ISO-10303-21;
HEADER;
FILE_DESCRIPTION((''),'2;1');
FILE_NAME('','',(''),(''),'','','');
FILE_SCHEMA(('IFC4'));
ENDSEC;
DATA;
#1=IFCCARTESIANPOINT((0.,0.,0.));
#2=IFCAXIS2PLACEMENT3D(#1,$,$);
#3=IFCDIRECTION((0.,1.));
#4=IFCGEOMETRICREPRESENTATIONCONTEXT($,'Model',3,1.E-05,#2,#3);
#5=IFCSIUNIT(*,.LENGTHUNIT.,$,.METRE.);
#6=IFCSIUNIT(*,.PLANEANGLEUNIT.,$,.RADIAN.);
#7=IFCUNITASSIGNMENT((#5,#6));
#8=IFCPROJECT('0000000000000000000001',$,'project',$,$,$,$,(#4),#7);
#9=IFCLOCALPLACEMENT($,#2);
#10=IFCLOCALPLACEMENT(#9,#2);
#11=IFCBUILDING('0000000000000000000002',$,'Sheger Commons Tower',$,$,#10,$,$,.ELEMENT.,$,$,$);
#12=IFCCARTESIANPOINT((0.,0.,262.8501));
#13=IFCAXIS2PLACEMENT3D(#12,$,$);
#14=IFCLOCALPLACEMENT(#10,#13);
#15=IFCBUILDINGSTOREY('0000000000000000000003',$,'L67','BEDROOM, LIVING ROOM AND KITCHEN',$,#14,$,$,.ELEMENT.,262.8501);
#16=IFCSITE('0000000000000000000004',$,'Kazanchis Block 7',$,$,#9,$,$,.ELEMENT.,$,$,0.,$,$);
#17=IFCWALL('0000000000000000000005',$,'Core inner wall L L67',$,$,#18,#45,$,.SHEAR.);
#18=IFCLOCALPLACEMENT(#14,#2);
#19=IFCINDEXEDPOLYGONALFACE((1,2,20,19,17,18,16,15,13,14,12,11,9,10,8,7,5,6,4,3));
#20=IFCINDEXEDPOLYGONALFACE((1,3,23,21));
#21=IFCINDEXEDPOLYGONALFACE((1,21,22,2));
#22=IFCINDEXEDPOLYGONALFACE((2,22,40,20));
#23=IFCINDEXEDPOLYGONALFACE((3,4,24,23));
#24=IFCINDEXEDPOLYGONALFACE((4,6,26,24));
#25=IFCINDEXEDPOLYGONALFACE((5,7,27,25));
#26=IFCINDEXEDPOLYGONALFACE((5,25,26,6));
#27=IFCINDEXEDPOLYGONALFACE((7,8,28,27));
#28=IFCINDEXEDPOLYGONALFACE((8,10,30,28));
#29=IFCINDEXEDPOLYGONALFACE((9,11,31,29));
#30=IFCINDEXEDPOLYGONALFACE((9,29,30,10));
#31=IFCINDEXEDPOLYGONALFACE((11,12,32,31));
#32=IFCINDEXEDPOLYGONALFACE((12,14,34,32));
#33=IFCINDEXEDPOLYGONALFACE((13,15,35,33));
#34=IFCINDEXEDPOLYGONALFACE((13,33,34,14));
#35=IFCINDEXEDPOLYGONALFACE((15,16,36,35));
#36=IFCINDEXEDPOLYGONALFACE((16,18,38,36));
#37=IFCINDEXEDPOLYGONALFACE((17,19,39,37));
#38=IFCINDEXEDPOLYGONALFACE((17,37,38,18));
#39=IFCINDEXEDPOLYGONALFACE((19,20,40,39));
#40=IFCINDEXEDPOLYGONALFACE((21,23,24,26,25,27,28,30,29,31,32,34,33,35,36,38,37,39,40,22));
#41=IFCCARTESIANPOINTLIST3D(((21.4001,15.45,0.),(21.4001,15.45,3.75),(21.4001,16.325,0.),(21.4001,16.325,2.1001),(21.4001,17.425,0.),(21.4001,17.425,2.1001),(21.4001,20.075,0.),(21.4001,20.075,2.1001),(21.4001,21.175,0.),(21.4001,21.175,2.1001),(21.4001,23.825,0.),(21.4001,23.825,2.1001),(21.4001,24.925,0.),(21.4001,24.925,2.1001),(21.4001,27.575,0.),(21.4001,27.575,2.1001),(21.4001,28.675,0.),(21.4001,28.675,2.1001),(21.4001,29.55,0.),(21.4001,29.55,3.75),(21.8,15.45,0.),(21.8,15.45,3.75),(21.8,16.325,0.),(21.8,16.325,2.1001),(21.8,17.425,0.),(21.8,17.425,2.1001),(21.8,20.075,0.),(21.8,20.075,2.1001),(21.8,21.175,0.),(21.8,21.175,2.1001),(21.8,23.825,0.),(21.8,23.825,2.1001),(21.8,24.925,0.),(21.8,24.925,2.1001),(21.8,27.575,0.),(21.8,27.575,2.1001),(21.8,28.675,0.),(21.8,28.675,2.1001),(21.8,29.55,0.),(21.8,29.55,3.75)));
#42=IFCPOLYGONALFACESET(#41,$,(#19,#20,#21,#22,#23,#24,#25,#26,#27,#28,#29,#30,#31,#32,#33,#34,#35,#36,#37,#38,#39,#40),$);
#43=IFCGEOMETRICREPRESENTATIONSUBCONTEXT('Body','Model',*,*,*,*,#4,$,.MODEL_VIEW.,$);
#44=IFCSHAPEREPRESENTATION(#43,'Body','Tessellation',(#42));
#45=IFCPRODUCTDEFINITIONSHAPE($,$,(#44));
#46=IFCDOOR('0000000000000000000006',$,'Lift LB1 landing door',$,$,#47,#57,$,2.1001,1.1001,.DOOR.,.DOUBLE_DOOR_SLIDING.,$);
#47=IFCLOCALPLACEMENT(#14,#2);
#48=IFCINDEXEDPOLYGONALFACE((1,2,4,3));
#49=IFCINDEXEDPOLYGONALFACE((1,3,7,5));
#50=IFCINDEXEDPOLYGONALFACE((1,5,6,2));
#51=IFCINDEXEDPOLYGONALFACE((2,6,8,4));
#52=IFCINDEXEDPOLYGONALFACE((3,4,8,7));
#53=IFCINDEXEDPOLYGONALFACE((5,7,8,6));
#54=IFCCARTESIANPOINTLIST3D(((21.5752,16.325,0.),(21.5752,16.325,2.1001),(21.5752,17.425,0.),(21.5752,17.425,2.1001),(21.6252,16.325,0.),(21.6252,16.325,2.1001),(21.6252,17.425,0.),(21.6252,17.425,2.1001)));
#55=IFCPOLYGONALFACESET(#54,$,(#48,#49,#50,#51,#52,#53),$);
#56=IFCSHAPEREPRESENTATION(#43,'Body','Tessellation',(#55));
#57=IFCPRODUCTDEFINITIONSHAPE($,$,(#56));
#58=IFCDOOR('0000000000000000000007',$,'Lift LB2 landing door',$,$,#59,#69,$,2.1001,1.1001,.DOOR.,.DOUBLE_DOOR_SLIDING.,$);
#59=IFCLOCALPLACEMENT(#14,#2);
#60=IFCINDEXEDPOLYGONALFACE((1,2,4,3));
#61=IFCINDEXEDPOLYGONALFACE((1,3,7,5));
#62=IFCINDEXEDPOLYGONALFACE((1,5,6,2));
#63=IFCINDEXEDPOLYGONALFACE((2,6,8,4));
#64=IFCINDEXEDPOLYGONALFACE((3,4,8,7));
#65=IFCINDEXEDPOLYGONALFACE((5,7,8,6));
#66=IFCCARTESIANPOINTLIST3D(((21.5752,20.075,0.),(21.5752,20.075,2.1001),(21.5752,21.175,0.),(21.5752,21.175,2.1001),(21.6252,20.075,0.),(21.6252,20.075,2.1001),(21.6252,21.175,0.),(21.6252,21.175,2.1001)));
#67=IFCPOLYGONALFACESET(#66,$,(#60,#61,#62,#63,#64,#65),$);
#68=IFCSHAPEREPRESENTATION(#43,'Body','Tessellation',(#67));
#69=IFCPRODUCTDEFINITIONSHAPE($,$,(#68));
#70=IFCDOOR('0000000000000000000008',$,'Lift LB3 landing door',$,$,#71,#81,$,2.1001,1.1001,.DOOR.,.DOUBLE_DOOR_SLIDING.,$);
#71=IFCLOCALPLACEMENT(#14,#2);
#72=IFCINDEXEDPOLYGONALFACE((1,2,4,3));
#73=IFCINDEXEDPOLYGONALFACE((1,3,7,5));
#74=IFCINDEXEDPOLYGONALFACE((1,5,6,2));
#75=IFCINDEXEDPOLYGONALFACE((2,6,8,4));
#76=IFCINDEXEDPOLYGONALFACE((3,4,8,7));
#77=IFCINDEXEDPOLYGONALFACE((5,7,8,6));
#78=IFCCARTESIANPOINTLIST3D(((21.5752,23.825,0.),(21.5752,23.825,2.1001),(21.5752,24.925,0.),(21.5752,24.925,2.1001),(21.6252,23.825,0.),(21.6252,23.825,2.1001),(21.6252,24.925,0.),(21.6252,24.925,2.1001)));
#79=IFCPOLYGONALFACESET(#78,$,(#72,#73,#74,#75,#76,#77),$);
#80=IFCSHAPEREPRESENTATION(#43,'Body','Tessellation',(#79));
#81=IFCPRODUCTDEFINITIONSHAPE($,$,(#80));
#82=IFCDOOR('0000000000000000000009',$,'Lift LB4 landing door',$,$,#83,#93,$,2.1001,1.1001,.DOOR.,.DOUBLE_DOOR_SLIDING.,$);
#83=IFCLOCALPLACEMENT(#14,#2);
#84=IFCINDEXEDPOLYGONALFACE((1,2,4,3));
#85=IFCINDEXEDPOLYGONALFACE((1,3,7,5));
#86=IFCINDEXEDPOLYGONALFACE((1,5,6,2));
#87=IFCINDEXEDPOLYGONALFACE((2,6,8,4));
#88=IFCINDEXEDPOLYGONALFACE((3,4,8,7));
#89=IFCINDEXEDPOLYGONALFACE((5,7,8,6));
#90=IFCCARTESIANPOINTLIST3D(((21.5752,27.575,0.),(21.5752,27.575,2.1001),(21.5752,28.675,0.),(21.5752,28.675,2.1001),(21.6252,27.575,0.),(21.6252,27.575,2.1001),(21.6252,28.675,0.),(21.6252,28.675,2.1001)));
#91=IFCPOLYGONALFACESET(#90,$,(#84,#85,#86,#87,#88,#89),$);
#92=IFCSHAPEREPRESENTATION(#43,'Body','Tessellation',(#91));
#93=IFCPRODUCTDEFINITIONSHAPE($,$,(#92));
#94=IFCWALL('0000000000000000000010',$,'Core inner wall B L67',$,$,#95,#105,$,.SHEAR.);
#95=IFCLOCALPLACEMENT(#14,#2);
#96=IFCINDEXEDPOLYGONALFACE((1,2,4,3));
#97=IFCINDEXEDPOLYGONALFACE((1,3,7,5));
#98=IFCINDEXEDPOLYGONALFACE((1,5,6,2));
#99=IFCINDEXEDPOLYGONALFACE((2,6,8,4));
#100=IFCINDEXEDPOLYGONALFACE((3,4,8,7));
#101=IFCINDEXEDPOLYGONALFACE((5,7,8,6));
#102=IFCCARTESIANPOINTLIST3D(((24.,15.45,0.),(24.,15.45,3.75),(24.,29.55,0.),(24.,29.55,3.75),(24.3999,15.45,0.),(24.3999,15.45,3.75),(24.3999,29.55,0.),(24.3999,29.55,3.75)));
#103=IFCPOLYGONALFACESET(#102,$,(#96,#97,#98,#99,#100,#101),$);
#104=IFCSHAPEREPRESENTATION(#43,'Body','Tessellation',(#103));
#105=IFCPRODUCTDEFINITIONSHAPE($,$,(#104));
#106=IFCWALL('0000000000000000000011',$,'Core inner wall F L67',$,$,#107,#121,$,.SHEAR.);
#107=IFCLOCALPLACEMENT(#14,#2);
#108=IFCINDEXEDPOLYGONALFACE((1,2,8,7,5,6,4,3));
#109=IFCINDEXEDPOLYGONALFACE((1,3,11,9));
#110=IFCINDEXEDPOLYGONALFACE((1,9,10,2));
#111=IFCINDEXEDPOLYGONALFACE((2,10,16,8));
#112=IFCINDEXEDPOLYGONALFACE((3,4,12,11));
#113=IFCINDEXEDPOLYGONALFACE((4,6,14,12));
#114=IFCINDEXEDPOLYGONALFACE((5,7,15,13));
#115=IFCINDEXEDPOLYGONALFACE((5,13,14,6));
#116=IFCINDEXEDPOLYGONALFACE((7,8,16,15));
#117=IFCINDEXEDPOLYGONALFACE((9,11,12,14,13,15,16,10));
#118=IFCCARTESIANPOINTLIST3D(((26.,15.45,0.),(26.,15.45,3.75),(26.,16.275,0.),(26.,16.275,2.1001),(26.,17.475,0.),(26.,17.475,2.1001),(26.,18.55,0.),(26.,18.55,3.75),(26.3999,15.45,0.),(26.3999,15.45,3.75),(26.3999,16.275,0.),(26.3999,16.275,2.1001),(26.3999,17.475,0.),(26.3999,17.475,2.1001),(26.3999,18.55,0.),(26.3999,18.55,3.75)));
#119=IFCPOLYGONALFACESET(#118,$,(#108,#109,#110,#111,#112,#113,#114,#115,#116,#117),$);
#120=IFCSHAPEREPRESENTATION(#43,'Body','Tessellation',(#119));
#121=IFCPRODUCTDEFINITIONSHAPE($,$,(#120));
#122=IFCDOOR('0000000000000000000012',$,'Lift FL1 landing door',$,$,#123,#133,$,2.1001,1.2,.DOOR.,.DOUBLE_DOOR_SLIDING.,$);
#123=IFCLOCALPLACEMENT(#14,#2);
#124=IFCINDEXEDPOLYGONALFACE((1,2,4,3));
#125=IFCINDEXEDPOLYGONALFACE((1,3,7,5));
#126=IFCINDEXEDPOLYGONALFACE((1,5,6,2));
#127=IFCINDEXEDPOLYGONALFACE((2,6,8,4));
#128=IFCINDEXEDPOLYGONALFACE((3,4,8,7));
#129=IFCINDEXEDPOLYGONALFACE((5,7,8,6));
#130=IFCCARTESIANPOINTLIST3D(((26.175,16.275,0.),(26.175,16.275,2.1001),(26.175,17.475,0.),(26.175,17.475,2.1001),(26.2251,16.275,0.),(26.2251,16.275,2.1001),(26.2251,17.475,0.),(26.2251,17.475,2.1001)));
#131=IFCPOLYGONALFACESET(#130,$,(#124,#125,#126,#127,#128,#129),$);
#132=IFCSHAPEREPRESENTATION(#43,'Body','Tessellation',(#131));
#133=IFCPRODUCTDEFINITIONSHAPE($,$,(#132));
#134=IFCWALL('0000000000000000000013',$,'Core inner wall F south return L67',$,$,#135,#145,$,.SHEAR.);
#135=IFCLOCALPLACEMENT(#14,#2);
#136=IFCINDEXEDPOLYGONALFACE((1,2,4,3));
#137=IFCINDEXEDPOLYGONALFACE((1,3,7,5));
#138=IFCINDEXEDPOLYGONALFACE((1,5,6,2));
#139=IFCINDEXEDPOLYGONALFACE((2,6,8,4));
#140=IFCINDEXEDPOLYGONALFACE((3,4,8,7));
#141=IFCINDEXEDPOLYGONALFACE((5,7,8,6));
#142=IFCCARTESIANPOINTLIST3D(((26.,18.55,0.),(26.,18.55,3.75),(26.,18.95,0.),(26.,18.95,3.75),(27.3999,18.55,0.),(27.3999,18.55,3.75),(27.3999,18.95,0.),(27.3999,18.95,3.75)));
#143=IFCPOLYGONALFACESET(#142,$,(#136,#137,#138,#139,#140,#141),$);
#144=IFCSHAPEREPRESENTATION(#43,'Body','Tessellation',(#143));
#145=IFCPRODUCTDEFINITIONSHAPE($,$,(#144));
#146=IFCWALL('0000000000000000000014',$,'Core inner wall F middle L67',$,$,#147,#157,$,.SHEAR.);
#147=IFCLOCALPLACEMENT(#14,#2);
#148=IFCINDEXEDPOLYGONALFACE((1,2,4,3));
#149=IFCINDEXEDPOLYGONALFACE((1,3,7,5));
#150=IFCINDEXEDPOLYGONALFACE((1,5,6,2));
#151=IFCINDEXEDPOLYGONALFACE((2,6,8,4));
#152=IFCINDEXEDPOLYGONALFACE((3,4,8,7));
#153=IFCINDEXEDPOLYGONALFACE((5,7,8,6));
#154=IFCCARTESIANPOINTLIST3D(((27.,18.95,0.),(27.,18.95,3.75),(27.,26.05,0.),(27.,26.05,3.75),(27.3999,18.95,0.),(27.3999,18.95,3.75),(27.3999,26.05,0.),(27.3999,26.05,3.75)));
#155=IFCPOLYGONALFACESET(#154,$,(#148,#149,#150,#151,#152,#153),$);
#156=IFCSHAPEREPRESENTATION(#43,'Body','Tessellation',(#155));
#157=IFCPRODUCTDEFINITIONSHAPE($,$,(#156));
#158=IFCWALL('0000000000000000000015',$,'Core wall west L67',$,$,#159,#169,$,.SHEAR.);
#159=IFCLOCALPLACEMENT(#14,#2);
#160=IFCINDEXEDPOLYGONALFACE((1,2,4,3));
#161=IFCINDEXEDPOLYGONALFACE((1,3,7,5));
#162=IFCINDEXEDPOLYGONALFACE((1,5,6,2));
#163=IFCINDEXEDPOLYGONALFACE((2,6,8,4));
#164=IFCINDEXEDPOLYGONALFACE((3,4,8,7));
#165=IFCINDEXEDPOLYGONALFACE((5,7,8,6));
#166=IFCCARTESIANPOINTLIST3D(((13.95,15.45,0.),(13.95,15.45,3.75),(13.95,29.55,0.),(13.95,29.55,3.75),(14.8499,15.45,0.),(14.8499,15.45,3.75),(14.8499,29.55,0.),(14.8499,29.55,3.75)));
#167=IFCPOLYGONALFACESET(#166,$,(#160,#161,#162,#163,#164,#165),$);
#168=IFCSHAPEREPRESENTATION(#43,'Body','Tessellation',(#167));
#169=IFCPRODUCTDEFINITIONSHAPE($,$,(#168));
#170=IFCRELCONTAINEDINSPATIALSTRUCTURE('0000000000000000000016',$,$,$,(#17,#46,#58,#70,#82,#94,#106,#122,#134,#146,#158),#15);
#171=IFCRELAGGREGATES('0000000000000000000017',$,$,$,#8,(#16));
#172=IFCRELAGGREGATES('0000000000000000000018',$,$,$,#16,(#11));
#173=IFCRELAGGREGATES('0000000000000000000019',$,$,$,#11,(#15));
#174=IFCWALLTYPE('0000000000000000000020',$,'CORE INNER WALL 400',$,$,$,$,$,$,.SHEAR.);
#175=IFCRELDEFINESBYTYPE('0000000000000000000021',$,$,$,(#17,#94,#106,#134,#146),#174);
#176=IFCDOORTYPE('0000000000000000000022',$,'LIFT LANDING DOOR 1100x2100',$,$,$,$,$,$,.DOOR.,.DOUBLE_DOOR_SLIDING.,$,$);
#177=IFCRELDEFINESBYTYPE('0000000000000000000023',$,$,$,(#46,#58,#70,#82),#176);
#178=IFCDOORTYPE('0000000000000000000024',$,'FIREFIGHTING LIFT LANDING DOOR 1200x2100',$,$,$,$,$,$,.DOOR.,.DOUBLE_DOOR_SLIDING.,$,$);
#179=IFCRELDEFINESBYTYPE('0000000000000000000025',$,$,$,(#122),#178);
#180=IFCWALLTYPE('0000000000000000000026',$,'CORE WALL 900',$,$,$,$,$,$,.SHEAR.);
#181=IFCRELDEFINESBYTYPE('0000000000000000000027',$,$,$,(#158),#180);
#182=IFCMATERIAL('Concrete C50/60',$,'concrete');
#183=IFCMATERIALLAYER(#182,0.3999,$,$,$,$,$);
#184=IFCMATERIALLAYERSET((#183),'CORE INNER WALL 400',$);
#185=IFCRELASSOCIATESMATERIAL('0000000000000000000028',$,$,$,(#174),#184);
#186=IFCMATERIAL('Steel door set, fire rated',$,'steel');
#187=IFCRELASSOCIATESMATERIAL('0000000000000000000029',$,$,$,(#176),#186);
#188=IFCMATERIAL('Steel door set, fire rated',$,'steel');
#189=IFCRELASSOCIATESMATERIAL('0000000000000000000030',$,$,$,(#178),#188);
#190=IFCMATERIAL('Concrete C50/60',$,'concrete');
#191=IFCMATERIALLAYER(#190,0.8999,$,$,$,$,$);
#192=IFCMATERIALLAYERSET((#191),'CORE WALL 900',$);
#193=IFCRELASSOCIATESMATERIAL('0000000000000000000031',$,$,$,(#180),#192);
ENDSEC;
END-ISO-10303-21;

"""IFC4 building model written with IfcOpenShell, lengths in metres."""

from ifc_helpers import new_model, si_unit, direction, frame, frame_2d, origin, place, context, subcontext, project, spatial, rectangle, extrude, material, layer, layer_set, type_object, element, fill, save


model = new_model("IFC4")

# Units and contexts
model_context = context("Model", 3, precision=1e-05, world=origin(), true_north=direction((0.0, 1.0)))
body_context = subcontext(model_context, "Body", "Model", "MODEL_VIEW")
ifc_project = project(units=[si_unit("LENGTHUNIT", "METRE"), si_unit("PLANEANGLEUNIT", "RADIAN")], contexts=[model_context])

# Site, building, storey
site_placement = place(None, origin())
site = spatial("IfcSite", under=ifc_project, at=site_placement, Name="Kazanchis Block 7", CompositionType="ELEMENT", RefElevation=0.0)
building_placement = place(site_placement, origin())
building = spatial("IfcBuilding", under=site, at=building_placement, Name="Sheger Commons Tower", CompositionType="ELEMENT")
storey_placement = place(building_placement, frame((0.0, 0.0, 262.8501)))
storey = spatial("IfcBuildingStorey", under=building, at=storey_placement, Name="L67", Description="BEDROOM, LIVING ROOM AND KITCHEN", CompositionType="ELEMENT", Elevation=262.8501)

# Wall, openings, doors
ifc_material_1 = material(Name="Concrete C50/60", Category="concrete")
ifc_layer_1 = layer(ifc_material_1, 0.3999)
ifc_layer_set_1 = layer_set([ifc_layer_1], Name="CORE INNER WALL 400")
wall_type_1 = type_object("IfcWallType", Name="CORE INNER WALL 400", PredefinedType="SHEAR", material=ifc_layer_set_1)
wall_1_placement = place(storey_placement, frame((21.6001, 15.45, 0.0), z_axis=(0.0, 0.0, 1.0), x_axis=(0.0, 1.0, 0.0)))
wall_1 = element("IfcWall", 1, at=wall_1_placement, inside=storey, type_object=wall_type_1, Name="Core inner wall L L67", PredefinedType="SHEAR", context=body_context, shape_type="SweptSolid", body=[
    extrude(rectangle(XDim=14.1001, YDim=0.3999, at=frame_2d((7.05, 0.0))), origin(), (0.0, 0.0, 1.0), 3.75),
])
opening_1_placement = place(wall_1_placement, frame((0.875, 0.0, 0.0)))
opening_1 = element("IfcOpeningElement", 2, at=opening_1_placement, cuts=wall_1, PredefinedType="OPENING", context=body_context, shape_type="SweptSolid", body=[
    extrude(rectangle(XDim=1.1001, YDim=2.1001, at=frame_2d((0.55, 1.05))), frame((0.0, 0.21, 0.0), z_axis=(0.0, -1.0, 0.0), x_axis=(1.0, 0.0, 0.0)), (0.0, 0.0, 1.0), 0.4199),
])
opening_2_placement = place(wall_1_placement, frame((4.625, 0.0, 0.0)))
opening_2 = element("IfcOpeningElement", 3, at=opening_2_placement, cuts=wall_1, PredefinedType="OPENING", context=body_context, shape_type="SweptSolid", body=[
    extrude(rectangle(XDim=1.1001, YDim=2.1001, at=frame_2d((0.55, 1.05))), frame((0.0, 0.21, 0.0), z_axis=(0.0, -1.0, 0.0), x_axis=(1.0, 0.0, 0.0)), (0.0, 0.0, 1.0), 0.4199),
])
opening_3_placement = place(wall_1_placement, frame((8.375, 0.0, 0.0)))
opening_3 = element("IfcOpeningElement", 4, at=opening_3_placement, cuts=wall_1, PredefinedType="OPENING", context=body_context, shape_type="SweptSolid", body=[
    extrude(rectangle(XDim=1.1001, YDim=2.1001, at=frame_2d((0.55, 1.05))), frame((0.0, 0.21, 0.0), z_axis=(0.0, -1.0, 0.0), x_axis=(1.0, 0.0, 0.0)), (0.0, 0.0, 1.0), 0.4199),
])
opening_4_placement = place(wall_1_placement, frame((12.125, 0.0, 0.0)))
opening_4 = element("IfcOpeningElement", 5, at=opening_4_placement, cuts=wall_1, PredefinedType="OPENING", context=body_context, shape_type="SweptSolid", body=[
    extrude(rectangle(XDim=1.1001, YDim=2.1001, at=frame_2d((0.55, 1.05))), frame((0.0, 0.21, 0.0), z_axis=(0.0, -1.0, 0.0), x_axis=(1.0, 0.0, 0.0)), (0.0, 0.0, 1.0), 0.4199),
])
ifc_material_2 = material(Name="Steel door set, fire rated", Category="steel")
door_type_1 = type_object("IfcDoorType", Name="LIFT LANDING DOOR 1100x2100", OperationType="DOUBLE_DOOR_SLIDING", PredefinedType="DOOR", material=ifc_material_2)
door_1_placement = place(opening_1_placement, origin())
door_1 = element("IfcDoor", 6, at=door_1_placement, inside=storey, type_object=door_type_1, Name="Lift LB1 landing door", OperationType="DOUBLE_DOOR_SLIDING", OverallHeight=2.1001, OverallWidth=1.1001, PredefinedType="DOOR", context=body_context, shape_type="SweptSolid", body=[
    extrude(rectangle(XDim=1.1001, YDim=2.1001, at=frame_2d((0.55, 1.05))), frame((0.0, 0.0249, 0.0), z_axis=(0.0, -1.0, 0.0), x_axis=(1.0, 0.0, 0.0)), (0.0, 0.0, 1.0), 0.05),
])
fill(opening_1, door_1)
door_2_placement = place(opening_2_placement, origin())
door_2 = element("IfcDoor", 7, at=door_2_placement, inside=storey, type_object=door_type_1, Name="Lift LB2 landing door", OperationType="DOUBLE_DOOR_SLIDING", OverallHeight=2.1001, OverallWidth=1.1001, PredefinedType="DOOR", context=body_context, shape_type="SweptSolid", body=[
    extrude(rectangle(XDim=1.1001, YDim=2.1001, at=frame_2d((0.55, 1.05))), frame((0.0, 0.0249, 0.0), z_axis=(0.0, -1.0, 0.0), x_axis=(1.0, 0.0, 0.0)), (0.0, 0.0, 1.0), 0.05),
])
fill(opening_2, door_2)
door_3_placement = place(opening_3_placement, origin())
door_3 = element("IfcDoor", 8, at=door_3_placement, inside=storey, type_object=door_type_1, Name="Lift LB3 landing door", OperationType="DOUBLE_DOOR_SLIDING", OverallHeight=2.1001, OverallWidth=1.1001, PredefinedType="DOOR", context=body_context, shape_type="SweptSolid", body=[
    extrude(rectangle(XDim=1.1001, YDim=2.1001, at=frame_2d((0.55, 1.05))), frame((0.0, 0.0249, 0.0), z_axis=(0.0, -1.0, 0.0), x_axis=(1.0, 0.0, 0.0)), (0.0, 0.0, 1.0), 0.05),
])
fill(opening_3, door_3)
door_4_placement = place(opening_4_placement, origin())
door_4 = element("IfcDoor", 9, at=door_4_placement, inside=storey, type_object=door_type_1, Name="Lift LB4 landing door", OperationType="DOUBLE_DOOR_SLIDING", OverallHeight=2.1001, OverallWidth=1.1001, PredefinedType="DOOR", context=body_context, shape_type="SweptSolid", body=[
    extrude(rectangle(XDim=1.1001, YDim=2.1001, at=frame_2d((0.55, 1.05))), frame((0.0, 0.0249, 0.0), z_axis=(0.0, -1.0, 0.0), x_axis=(1.0, 0.0, 0.0)), (0.0, 0.0, 1.0), 0.05),
])
fill(opening_4, door_4)

# Wall
wall_2_placement = place(storey_placement, frame((24.2, 15.45, 0.0), z_axis=(0.0, 0.0, 1.0), x_axis=(0.0, 1.0, 0.0)))
element("IfcWall", 10, at=wall_2_placement, inside=storey, type_object=wall_type_1, Name="Core inner wall B L67", PredefinedType="SHEAR", context=body_context, shape_type="SweptSolid", body=[
    extrude(rectangle(XDim=14.1001, YDim=0.3999, at=frame_2d((7.05, 0.0))), origin(), (0.0, 0.0, 1.0), 3.75),
])

# Wall, opening, door
wall_3_placement = place(storey_placement, frame((26.2, 15.45, 0.0), z_axis=(0.0, 0.0, 1.0), x_axis=(0.0, 1.0, 0.0)))
wall_3 = element("IfcWall", 11, at=wall_3_placement, inside=storey, type_object=wall_type_1, Name="Core inner wall F L67", PredefinedType="SHEAR", context=body_context, shape_type="SweptSolid", body=[
    extrude(rectangle(XDim=3.1001, YDim=0.3999, at=frame_2d((1.55, 0.0))), origin(), (0.0, 0.0, 1.0), 3.75),
])
opening_5_placement = place(wall_3_placement, frame((0.825, 0.0, 0.0)))
opening_5 = element("IfcOpeningElement", 12, at=opening_5_placement, cuts=wall_3, PredefinedType="OPENING", context=body_context, shape_type="SweptSolid", body=[
    extrude(rectangle(XDim=1.2, YDim=2.1001, at=frame_2d((0.6001, 1.05))), frame((0.0, 0.21, 0.0), z_axis=(0.0, -1.0, 0.0), x_axis=(1.0, 0.0, 0.0)), (0.0, 0.0, 1.0), 0.4199),
])
ifc_material_3 = material(Name="Steel door set, fire rated", Category="steel")
door_type_2 = type_object("IfcDoorType", Name="FIREFIGHTING LIFT LANDING DOOR 1200x2100", OperationType="DOUBLE_DOOR_SLIDING", PredefinedType="DOOR", material=ifc_material_3)
door_5_placement = place(opening_5_placement, origin())
door_5 = element("IfcDoor", 13, at=door_5_placement, inside=storey, type_object=door_type_2, Name="Lift FL1 landing door", OperationType="DOUBLE_DOOR_SLIDING", OverallHeight=2.1001, OverallWidth=1.2, PredefinedType="DOOR", context=body_context, shape_type="SweptSolid", body=[
    extrude(rectangle(XDim=1.2, YDim=2.1001, at=frame_2d((0.6001, 1.05))), frame((0.0, 0.0249, 0.0), z_axis=(0.0, -1.0, 0.0), x_axis=(1.0, 0.0, 0.0)), (0.0, 0.0, 1.0), 0.05),
])
fill(opening_5, door_5)

# Walls
wall_4_placement = place(storey_placement, frame((26.0, 18.75, 0.0), z_axis=(0.0, 0.0, 1.0), x_axis=(1.0, 0.0, 0.0)))
element("IfcWall", 14, at=wall_4_placement, inside=storey, type_object=wall_type_1, Name="Core inner wall F south return L67", PredefinedType="SHEAR", context=body_context, shape_type="SweptSolid", body=[
    extrude(rectangle(XDim=1.3999, YDim=0.3999, at=frame_2d((0.7, 0.0))), origin(), (0.0, 0.0, 1.0), 3.75),
])
wall_5_placement = place(storey_placement, frame((27.2, 18.95, 0.0), z_axis=(0.0, 0.0, 1.0), x_axis=(0.0, 1.0, 0.0)))
element("IfcWall", 15, at=wall_5_placement, inside=storey, type_object=wall_type_1, Name="Core inner wall F middle L67", PredefinedType="SHEAR", context=body_context, shape_type="SweptSolid", body=[
    extrude(rectangle(XDim=7.1001, YDim=0.3999, at=frame_2d((3.55, 0.0))), origin(), (0.0, 0.0, 1.0), 3.75),
])
ifc_material_4 = material(Name="Concrete C50/60", Category="concrete")
ifc_layer_2 = layer(ifc_material_4, 0.8999)
ifc_layer_set_2 = layer_set([ifc_layer_2], Name="CORE WALL 900")
wall_type_2 = type_object("IfcWallType", Name="CORE WALL 900", PredefinedType="SHEAR", material=ifc_layer_set_2)
for number, where, z_axis, x_axis, name in (
    (16, (14.3999, 15.45, 0.0), (0.0, 0.0, 1.0), (0.0, 1.0, 0.0), "Core wall west L67"),
):
    element("IfcWall", number, at=place(storey_placement, frame(where, z_axis=z_axis, x_axis=x_axis)), inside=storey, type_object=wall_type_2, Name=name, PredefinedType="SHEAR", context=body_context, shape_type="SweptSolid", body=[
        extrude(rectangle(XDim=14.1001, YDim=0.8999, at=frame_2d((7.05, 0.0))), origin(), (0.0, 0.0, 1.0), 3.75),
    ])

save(model, "model.ifc")
